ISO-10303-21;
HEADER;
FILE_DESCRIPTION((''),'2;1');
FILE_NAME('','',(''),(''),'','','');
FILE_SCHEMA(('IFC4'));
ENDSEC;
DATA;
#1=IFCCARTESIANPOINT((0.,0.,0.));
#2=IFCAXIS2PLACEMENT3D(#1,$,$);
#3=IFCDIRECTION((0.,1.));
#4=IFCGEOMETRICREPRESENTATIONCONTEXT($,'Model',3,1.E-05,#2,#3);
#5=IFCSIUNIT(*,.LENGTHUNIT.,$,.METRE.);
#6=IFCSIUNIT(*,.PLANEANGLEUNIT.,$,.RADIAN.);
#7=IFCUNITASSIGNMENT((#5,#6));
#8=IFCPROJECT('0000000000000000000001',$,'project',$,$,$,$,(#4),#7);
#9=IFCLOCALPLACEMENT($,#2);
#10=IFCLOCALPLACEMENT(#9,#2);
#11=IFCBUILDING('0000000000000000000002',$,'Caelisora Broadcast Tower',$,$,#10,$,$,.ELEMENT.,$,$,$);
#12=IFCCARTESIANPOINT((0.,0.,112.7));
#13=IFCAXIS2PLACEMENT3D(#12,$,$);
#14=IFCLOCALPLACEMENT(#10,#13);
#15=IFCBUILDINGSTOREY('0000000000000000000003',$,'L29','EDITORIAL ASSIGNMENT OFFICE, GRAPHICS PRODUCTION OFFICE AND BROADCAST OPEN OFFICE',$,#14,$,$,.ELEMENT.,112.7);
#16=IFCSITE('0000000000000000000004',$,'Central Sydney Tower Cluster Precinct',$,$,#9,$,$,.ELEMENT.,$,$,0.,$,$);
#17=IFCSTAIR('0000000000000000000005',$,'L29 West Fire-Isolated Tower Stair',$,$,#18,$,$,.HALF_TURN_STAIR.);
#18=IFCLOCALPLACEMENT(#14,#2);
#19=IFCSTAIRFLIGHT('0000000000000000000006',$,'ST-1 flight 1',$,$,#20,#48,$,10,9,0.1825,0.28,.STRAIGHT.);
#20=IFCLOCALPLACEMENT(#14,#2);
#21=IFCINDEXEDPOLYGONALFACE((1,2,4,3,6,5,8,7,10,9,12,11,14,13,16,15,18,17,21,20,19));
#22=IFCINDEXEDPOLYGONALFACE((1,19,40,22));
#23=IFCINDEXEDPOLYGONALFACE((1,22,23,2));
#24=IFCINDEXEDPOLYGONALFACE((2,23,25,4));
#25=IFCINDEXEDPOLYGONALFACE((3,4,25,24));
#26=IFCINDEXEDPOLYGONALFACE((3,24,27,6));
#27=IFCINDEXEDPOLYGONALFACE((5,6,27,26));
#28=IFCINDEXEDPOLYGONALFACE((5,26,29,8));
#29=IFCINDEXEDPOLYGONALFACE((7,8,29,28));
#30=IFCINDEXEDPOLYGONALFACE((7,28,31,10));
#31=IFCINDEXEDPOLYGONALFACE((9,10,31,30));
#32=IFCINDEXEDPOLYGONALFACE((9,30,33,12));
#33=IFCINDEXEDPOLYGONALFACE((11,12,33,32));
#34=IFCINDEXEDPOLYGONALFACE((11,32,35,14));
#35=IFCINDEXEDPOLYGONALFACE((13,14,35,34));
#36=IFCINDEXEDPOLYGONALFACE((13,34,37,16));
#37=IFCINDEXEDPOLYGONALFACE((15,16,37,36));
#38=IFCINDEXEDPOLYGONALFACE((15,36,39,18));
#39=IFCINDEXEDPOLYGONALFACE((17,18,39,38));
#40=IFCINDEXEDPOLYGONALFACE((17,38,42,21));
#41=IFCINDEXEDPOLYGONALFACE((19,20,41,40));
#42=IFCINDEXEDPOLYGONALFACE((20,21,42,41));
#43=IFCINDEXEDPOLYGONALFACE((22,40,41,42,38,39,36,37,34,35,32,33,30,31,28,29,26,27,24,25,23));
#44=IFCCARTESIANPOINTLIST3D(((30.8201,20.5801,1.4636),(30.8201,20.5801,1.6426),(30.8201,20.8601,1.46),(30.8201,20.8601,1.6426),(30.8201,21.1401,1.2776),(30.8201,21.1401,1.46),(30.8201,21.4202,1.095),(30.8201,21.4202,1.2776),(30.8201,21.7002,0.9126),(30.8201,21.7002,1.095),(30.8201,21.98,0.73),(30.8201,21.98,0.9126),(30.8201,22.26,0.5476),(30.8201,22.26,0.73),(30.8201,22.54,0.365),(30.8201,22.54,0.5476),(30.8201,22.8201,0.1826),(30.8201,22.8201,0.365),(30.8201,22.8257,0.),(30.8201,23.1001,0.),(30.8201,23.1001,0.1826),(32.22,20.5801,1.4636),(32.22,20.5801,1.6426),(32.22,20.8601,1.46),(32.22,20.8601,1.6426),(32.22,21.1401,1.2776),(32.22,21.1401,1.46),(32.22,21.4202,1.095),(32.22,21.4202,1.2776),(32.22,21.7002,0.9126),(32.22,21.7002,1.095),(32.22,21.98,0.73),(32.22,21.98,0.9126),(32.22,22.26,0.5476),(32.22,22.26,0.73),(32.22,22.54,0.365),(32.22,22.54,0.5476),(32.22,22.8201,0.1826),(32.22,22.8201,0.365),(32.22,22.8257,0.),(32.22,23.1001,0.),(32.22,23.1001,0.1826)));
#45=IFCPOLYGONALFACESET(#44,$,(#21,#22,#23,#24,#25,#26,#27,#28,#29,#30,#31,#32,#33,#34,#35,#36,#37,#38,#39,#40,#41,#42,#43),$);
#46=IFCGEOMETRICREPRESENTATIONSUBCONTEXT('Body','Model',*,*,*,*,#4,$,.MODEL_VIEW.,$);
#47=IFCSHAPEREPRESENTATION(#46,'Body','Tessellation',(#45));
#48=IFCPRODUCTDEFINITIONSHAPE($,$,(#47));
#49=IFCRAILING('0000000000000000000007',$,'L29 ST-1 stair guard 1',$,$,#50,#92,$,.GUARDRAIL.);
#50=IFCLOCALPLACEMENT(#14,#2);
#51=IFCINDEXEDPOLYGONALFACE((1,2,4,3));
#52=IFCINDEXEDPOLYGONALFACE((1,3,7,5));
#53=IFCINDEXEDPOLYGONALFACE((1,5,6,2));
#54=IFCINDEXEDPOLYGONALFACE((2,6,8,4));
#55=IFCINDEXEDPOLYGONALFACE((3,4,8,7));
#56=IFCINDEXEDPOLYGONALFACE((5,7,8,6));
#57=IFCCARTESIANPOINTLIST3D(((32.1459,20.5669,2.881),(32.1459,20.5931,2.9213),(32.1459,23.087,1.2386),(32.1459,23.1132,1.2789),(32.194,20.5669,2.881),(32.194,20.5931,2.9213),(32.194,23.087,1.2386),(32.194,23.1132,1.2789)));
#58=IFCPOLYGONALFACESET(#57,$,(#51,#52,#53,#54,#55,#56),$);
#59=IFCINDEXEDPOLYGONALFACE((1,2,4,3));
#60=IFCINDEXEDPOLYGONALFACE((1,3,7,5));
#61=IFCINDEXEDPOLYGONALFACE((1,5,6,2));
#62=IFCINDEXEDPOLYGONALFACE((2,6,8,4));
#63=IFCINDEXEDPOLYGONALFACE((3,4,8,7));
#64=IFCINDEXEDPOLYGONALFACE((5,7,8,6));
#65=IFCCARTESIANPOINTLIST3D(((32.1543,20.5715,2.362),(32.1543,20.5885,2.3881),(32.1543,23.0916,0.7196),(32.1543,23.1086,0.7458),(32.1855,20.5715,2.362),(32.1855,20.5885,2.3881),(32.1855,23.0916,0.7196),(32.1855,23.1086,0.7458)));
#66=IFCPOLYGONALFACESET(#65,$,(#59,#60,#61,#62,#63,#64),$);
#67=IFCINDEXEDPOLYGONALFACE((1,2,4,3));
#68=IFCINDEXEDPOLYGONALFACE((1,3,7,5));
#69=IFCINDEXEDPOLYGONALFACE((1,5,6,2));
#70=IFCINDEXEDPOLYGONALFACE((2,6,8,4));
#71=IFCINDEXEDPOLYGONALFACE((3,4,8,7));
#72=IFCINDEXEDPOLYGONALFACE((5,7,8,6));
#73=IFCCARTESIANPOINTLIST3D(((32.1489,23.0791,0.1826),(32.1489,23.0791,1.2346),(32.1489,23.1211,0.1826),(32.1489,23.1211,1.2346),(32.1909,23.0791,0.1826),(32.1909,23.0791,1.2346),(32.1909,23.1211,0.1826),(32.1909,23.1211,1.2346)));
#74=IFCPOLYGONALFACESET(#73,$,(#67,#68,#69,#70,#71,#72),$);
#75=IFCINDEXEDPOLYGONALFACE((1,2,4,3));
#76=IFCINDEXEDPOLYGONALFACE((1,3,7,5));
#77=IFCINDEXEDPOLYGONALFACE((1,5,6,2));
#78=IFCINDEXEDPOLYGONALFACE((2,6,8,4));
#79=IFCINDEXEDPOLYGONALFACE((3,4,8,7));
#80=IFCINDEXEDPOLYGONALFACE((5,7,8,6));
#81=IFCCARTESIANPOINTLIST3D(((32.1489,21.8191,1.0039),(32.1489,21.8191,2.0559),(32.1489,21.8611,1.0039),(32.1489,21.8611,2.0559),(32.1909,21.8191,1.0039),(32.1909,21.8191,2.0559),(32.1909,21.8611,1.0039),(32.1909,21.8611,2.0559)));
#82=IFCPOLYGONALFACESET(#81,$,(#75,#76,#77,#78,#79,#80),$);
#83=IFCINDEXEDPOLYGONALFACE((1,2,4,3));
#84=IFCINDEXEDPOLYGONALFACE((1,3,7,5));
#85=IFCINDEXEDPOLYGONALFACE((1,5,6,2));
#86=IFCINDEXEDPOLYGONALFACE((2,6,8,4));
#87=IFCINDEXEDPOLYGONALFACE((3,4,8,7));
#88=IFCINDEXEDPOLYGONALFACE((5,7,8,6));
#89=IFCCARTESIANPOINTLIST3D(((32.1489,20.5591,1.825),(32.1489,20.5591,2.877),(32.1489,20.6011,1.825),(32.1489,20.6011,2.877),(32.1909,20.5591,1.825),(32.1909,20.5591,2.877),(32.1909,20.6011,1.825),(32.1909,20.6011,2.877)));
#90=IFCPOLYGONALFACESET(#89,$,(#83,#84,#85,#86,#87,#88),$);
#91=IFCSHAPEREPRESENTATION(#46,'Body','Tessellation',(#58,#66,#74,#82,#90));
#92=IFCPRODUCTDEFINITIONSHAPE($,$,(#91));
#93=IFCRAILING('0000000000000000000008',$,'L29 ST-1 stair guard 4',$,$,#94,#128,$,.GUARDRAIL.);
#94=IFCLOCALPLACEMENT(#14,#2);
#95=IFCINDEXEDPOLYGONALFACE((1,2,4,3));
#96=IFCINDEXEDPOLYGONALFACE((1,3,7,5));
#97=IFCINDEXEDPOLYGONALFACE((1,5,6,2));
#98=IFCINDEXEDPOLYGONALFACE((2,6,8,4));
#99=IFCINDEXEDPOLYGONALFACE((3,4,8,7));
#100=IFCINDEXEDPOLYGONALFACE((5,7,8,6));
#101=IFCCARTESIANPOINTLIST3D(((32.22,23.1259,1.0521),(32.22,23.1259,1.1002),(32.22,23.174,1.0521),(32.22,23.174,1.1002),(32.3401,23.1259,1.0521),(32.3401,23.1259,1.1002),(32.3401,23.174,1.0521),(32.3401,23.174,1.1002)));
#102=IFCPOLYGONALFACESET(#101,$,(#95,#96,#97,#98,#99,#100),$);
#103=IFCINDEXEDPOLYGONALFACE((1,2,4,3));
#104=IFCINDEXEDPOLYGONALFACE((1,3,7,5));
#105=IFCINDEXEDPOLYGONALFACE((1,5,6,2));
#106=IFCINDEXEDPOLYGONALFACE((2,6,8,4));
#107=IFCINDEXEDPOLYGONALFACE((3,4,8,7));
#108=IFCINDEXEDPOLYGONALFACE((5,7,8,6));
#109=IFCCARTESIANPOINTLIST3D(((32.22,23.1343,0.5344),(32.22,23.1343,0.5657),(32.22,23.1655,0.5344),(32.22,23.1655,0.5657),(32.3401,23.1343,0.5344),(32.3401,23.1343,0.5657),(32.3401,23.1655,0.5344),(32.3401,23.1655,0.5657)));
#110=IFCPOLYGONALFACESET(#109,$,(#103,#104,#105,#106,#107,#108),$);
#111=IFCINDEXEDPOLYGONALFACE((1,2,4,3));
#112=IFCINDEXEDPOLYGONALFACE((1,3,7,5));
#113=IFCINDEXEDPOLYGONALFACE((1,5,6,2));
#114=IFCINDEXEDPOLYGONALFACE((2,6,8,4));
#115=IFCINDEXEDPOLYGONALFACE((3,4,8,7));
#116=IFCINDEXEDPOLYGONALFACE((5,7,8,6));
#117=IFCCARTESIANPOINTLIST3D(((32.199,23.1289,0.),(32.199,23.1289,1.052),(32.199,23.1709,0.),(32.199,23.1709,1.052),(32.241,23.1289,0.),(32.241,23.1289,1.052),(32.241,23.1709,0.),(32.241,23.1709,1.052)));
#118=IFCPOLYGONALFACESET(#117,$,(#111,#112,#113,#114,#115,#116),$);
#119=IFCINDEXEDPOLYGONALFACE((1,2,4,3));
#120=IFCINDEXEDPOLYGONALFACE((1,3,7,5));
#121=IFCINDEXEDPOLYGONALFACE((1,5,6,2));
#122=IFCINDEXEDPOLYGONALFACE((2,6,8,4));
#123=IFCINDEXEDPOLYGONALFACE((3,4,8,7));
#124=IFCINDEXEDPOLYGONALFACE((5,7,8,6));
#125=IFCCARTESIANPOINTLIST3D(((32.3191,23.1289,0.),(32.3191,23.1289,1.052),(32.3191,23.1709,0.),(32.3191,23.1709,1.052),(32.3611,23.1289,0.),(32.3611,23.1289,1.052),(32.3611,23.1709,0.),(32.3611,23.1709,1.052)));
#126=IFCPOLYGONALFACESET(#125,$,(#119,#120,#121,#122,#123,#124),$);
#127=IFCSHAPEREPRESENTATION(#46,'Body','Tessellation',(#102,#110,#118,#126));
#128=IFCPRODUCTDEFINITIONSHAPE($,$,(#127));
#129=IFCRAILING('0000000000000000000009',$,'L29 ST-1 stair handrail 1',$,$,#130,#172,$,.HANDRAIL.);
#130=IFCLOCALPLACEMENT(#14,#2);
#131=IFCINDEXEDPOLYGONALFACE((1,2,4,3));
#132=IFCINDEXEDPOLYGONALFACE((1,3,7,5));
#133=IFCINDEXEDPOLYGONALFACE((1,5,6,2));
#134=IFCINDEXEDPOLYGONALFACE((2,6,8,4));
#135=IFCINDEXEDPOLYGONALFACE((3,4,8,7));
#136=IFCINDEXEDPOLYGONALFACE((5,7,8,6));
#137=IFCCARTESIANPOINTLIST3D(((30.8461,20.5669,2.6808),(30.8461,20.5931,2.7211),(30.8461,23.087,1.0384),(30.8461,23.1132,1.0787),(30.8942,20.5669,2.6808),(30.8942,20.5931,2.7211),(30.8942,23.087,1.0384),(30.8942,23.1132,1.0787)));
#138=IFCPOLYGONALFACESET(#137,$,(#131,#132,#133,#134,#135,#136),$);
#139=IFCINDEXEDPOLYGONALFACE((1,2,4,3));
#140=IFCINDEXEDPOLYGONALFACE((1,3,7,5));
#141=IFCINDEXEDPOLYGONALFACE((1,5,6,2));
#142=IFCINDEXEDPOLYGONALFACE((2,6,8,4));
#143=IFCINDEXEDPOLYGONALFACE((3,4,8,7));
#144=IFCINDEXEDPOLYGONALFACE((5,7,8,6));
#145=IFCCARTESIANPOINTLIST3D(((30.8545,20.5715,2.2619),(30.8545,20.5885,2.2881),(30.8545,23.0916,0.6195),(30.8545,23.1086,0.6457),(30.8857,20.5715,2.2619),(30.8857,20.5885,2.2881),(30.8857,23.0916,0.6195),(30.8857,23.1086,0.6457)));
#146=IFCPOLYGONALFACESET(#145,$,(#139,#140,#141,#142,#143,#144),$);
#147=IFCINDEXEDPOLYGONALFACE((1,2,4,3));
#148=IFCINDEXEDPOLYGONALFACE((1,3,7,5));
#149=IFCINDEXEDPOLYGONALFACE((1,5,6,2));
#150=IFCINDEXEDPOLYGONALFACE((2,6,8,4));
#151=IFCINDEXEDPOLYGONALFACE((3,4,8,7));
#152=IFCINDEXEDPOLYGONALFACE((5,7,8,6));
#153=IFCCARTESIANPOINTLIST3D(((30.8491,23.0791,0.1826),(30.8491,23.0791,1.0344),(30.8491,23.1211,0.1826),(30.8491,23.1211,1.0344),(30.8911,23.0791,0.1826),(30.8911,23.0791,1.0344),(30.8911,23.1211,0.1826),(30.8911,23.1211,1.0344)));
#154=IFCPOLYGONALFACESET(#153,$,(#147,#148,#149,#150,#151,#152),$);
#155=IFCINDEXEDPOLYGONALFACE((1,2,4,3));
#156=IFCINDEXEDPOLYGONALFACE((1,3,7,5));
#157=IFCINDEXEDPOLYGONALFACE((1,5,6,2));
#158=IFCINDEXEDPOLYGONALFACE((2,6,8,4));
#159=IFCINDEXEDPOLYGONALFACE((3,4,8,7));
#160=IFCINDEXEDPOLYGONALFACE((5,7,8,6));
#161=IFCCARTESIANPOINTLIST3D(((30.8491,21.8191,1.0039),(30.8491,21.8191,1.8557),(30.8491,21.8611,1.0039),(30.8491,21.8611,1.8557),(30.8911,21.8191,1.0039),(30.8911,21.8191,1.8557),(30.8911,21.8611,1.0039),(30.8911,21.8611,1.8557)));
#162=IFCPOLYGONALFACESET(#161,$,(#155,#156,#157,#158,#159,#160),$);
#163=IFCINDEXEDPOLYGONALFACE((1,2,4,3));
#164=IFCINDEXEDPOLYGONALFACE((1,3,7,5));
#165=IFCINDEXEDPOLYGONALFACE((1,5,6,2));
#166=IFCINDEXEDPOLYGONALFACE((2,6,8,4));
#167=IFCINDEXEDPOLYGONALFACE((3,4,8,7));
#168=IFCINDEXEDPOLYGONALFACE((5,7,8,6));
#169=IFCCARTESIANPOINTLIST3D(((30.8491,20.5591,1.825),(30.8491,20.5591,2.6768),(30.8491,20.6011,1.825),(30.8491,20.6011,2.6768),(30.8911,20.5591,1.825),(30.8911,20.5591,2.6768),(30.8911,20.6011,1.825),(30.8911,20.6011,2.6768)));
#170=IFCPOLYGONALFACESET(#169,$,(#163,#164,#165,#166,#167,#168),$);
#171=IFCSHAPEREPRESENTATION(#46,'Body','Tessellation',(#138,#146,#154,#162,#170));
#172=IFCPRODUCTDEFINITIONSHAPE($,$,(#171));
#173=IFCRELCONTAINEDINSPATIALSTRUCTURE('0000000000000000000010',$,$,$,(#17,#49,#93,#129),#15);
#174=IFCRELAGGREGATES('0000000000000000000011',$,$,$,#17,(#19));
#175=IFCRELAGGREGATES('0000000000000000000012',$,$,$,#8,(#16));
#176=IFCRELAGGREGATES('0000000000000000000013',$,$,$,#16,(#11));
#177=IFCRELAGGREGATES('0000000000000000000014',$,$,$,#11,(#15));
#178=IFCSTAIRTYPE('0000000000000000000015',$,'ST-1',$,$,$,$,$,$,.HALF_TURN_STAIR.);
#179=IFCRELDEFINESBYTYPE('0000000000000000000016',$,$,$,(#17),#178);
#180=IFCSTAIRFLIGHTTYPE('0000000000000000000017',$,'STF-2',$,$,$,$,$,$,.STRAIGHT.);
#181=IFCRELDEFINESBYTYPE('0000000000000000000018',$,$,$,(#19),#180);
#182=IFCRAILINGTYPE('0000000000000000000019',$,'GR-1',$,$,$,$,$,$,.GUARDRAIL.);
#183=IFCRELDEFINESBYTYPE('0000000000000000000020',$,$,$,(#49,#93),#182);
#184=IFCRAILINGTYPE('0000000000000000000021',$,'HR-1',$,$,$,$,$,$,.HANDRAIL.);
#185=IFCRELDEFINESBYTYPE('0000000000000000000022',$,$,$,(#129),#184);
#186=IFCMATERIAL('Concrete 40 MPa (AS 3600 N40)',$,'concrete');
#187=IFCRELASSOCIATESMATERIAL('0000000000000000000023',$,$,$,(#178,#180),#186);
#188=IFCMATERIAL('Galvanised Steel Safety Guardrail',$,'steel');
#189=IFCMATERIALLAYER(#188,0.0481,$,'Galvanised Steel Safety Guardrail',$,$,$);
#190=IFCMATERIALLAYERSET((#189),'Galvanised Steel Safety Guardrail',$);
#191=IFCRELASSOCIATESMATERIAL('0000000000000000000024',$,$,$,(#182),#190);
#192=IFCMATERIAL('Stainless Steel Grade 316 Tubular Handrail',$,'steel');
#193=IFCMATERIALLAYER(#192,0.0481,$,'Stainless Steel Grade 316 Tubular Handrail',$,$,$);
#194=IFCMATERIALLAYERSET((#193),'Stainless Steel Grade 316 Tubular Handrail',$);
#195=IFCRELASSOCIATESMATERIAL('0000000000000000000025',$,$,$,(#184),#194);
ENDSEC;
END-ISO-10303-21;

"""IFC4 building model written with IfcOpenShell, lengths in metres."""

from ifc_helpers import new_model, si_unit, direction, frame, origin, origin_2d, place, context, subcontext, project, spatial, polyline, rectangle, outline, extrude, material, layer, layer_set, type_object, element, aggregate, save


model = new_model("IFC4")

# Units and contexts
model_context = context("Model", 3, precision=1e-05, world=origin(), true_north=direction((0.0, 1.0)))
body_context = subcontext(model_context, "Body", "Model", "MODEL_VIEW")
ifc_project = project(units=[si_unit("LENGTHUNIT", "METRE"), si_unit("PLANEANGLEUNIT", "RADIAN")], contexts=[model_context])

# Site, building, storey
site_placement = place(None, origin())
site = spatial("IfcSite", under=ifc_project, at=site_placement, Name="Central Sydney Tower Cluster Precinct", CompositionType="ELEMENT", RefElevation=0.0)
building_placement = place(site_placement, origin())
building = spatial("IfcBuilding", under=site, at=building_placement, Name="Caelisora Broadcast Tower", CompositionType="ELEMENT")
storey_placement = place(building_placement, frame((0.0, 0.0, 112.7)))
storey = spatial("IfcBuildingStorey", under=building, at=storey_placement, Name="L29", Description="EDITORIAL ASSIGNMENT OFFICE, GRAPHICS PRODUCTION OFFICE AND BROADCAST OPEN OFFICE", CompositionType="ELEMENT", Elevation=112.7)

# Stair, stair flight
ifc_material_1 = material(Name="Concrete 40 MPa (AS 3600 N40)", Category="concrete")
stair_type = type_object("IfcStairType", Name="ST-1", PredefinedType="HALF_TURN_STAIR", material=ifc_material_1)
stair_placement = place(storey_placement, origin())
stair = element("IfcStair", 1, at=stair_placement, inside=storey, type_object=stair_type, Name="L29 West Fire-Isolated Tower Stair", PredefinedType="HALF_TURN_STAIR")
stair_flight_type = type_object("IfcStairFlightType", Name="STF-2", PredefinedType="STRAIGHT", material=ifc_material_1)
stair_flight_placement = place(storey_placement, frame((31.52, 23.1001, 0.0), z_axis=(0.0, 0.0, 1.0), x_axis=(0.0, -1.0, 0.0)))
stair_flight = element("IfcStairFlight", 2, at=stair_flight_placement, type_object=stair_flight_type, Name="ST-1 flight 1", NumberOfRisers=10, NumberOfTreads=9, PredefinedType="STRAIGHT", RiserHeight=0.1825, TreadLength=0.28, context=body_context, shape_type="SweptSolid", body=[
    extrude(outline(polyline([(0.0, 0.0), (0.0, 0.1826), (0.28, 0.1826), (0.28, 0.365), (0.5601, 0.365), (0.5601, 0.5476), (0.8401, 0.5476), (0.8401, 0.73), (1.1201, 0.73), (1.1201, 0.9126), (1.3999, 0.9126), (1.3999, 1.095), (1.6799, 1.095), (1.6799, 1.2776), (1.96, 1.2776), (1.96, 1.46), (2.24, 1.46), (2.24, 1.6426), (2.52, 1.6426), (2.52, 1.825), (2.52, 1.4636), (0.2744, 0.0), (0.0, 0.0)])), frame((0.0, 0.7, 0.0), z_axis=(0.0, -1.0, 0.0), x_axis=(1.0, 0.0, 0.0)), (0.0, 0.0, 1.0), 1.3999),
])
aggregate(stair, [stair_flight])

# Railings
ifc_material_2 = material(Name="Galvanised Steel Safety Guardrail", Category="steel")
ifc_layer_1 = layer(ifc_material_2, 0.0481, Name="Galvanised Steel Safety Guardrail")
ifc_layer_set_1 = layer_set([ifc_layer_1], Name="Galvanised Steel Safety Guardrail")
railing_type_1 = type_object("IfcRailingType", Name="GR-1", PredefinedType="GUARDRAIL", material=ifc_layer_set_1)
railing_1_placement = place(storey_placement, frame((32.1699, 23.1001, 0.1826)))
element("IfcRailing", 3, at=railing_1_placement, inside=storey, type_object=railing_type_1, Name="L29 ST-1 stair guard 1", PredefinedType="GUARDRAIL", context=body_context, shape_type="SweptSolid", body=[
    extrude(rectangle(XDim=0.0481, YDim=0.0481, at=origin_2d()), frame((0.0, 0.0, 1.0762), z_axis=(0.0, -0.837787, 0.545998), x_axis=(1.0, 0.0, 0.0)), (0.0, 0.0, 1.0), 3.0081),
    extrude(rectangle(XDim=0.0312, YDim=0.0312, at=origin_2d()), frame((0.0, 0.0, 0.55), z_axis=(0.0, -0.837787, 0.545998), x_axis=(1.0, 0.0, 0.0)), (0.0, 0.0, 1.0), 3.0081),
    extrude(rectangle(XDim=0.042, YDim=0.042, at=origin_2d()), origin(), (0.0, 0.0, 1.0), 1.052),
    extrude(rectangle(XDim=0.042, YDim=0.042, at=origin_2d()), frame((0.0, -1.26, 0.8213)), (0.0, 0.0, 1.0), 1.052),
    extrude(rectangle(XDim=0.042, YDim=0.042, at=origin_2d()), frame((0.0, -2.52, 1.6423)), (0.0, 0.0, 1.0), 1.052),
])
railing_2_placement = place(storey_placement, frame((32.22, 23.1499, 0.0)))
element("IfcRailing", 4, at=railing_2_placement, inside=storey, type_object=railing_type_1, Name="L29 ST-1 stair guard 4", PredefinedType="GUARDRAIL", context=body_context, shape_type="SweptSolid", body=[
    extrude(rectangle(XDim=0.0481, YDim=0.0481, at=origin_2d()), frame((0.0, 0.0, 1.0762), z_axis=(1.0, 0.0, 0.0), x_axis=(0.0, 1.0, 0.0)), (0.0, 0.0, 1.0), 0.1201),
    extrude(rectangle(XDim=0.0312, YDim=0.0312, at=origin_2d()), frame((0.0, 0.0, 0.55), z_axis=(1.0, 0.0, 0.0), x_axis=(0.0, 1.0, 0.0)), (0.0, 0.0, 1.0), 0.1201),
    extrude(rectangle(XDim=0.042, YDim=0.042, at=origin_2d()), origin(), (0.0, 0.0, 1.0), 1.052),
    extrude(rectangle(XDim=0.042, YDim=0.042, at=origin_2d()), frame((0.1201, 0.0, 0.0)), (0.0, 0.0, 1.0), 1.052),
])
ifc_material_3 = material(Name="Stainless Steel Grade 316 Tubular Handrail", Category="steel")
ifc_layer_2 = layer(ifc_material_3, 0.0481, Name="Stainless Steel Grade 316 Tubular Handrail")
ifc_layer_set_2 = layer_set([ifc_layer_2], Name="Stainless Steel Grade 316 Tubular Handrail")
railing_type_2 = type_object("IfcRailingType", Name="HR-1", PredefinedType="HANDRAIL", material=ifc_layer_set_2)
railing_3_placement = place(storey_placement, frame((30.8701, 23.1001, 0.1826)))
element("IfcRailing", 5, at=railing_3_placement, inside=storey, type_object=railing_type_2, Name="L29 ST-1 stair handrail 1", PredefinedType="HANDRAIL", context=body_context, shape_type="SweptSolid", body=[
    extrude(rectangle(XDim=0.0481, YDim=0.0481, at=origin_2d()), frame((0.0, 0.0, 0.876), z_axis=(0.0, -0.837787, 0.545998), x_axis=(1.0, 0.0, 0.0)), (0.0, 0.0, 1.0), 3.0081),
    extrude(rectangle(XDim=0.0312, YDim=0.0312, at=origin_2d()), frame((0.0, 0.0, 0.45), z_axis=(0.0, -0.837787, 0.545998), x_axis=(1.0, 0.0, 0.0)), (0.0, 0.0, 1.0), 3.0081),
    extrude(rectangle(XDim=0.042, YDim=0.042, at=origin_2d()), origin(), (0.0, 0.0, 1.0), 0.8518),
    extrude(rectangle(XDim=0.042, YDim=0.042, at=origin_2d()), frame((0.0, -1.26, 0.8213)), (0.0, 0.0, 1.0), 0.8518),
    extrude(rectangle(XDim=0.042, YDim=0.042, at=origin_2d()), frame((0.0, -2.52, 1.6423)), (0.0, 0.0, 1.0), 0.8518),
])

save(model, "model.ifc")
